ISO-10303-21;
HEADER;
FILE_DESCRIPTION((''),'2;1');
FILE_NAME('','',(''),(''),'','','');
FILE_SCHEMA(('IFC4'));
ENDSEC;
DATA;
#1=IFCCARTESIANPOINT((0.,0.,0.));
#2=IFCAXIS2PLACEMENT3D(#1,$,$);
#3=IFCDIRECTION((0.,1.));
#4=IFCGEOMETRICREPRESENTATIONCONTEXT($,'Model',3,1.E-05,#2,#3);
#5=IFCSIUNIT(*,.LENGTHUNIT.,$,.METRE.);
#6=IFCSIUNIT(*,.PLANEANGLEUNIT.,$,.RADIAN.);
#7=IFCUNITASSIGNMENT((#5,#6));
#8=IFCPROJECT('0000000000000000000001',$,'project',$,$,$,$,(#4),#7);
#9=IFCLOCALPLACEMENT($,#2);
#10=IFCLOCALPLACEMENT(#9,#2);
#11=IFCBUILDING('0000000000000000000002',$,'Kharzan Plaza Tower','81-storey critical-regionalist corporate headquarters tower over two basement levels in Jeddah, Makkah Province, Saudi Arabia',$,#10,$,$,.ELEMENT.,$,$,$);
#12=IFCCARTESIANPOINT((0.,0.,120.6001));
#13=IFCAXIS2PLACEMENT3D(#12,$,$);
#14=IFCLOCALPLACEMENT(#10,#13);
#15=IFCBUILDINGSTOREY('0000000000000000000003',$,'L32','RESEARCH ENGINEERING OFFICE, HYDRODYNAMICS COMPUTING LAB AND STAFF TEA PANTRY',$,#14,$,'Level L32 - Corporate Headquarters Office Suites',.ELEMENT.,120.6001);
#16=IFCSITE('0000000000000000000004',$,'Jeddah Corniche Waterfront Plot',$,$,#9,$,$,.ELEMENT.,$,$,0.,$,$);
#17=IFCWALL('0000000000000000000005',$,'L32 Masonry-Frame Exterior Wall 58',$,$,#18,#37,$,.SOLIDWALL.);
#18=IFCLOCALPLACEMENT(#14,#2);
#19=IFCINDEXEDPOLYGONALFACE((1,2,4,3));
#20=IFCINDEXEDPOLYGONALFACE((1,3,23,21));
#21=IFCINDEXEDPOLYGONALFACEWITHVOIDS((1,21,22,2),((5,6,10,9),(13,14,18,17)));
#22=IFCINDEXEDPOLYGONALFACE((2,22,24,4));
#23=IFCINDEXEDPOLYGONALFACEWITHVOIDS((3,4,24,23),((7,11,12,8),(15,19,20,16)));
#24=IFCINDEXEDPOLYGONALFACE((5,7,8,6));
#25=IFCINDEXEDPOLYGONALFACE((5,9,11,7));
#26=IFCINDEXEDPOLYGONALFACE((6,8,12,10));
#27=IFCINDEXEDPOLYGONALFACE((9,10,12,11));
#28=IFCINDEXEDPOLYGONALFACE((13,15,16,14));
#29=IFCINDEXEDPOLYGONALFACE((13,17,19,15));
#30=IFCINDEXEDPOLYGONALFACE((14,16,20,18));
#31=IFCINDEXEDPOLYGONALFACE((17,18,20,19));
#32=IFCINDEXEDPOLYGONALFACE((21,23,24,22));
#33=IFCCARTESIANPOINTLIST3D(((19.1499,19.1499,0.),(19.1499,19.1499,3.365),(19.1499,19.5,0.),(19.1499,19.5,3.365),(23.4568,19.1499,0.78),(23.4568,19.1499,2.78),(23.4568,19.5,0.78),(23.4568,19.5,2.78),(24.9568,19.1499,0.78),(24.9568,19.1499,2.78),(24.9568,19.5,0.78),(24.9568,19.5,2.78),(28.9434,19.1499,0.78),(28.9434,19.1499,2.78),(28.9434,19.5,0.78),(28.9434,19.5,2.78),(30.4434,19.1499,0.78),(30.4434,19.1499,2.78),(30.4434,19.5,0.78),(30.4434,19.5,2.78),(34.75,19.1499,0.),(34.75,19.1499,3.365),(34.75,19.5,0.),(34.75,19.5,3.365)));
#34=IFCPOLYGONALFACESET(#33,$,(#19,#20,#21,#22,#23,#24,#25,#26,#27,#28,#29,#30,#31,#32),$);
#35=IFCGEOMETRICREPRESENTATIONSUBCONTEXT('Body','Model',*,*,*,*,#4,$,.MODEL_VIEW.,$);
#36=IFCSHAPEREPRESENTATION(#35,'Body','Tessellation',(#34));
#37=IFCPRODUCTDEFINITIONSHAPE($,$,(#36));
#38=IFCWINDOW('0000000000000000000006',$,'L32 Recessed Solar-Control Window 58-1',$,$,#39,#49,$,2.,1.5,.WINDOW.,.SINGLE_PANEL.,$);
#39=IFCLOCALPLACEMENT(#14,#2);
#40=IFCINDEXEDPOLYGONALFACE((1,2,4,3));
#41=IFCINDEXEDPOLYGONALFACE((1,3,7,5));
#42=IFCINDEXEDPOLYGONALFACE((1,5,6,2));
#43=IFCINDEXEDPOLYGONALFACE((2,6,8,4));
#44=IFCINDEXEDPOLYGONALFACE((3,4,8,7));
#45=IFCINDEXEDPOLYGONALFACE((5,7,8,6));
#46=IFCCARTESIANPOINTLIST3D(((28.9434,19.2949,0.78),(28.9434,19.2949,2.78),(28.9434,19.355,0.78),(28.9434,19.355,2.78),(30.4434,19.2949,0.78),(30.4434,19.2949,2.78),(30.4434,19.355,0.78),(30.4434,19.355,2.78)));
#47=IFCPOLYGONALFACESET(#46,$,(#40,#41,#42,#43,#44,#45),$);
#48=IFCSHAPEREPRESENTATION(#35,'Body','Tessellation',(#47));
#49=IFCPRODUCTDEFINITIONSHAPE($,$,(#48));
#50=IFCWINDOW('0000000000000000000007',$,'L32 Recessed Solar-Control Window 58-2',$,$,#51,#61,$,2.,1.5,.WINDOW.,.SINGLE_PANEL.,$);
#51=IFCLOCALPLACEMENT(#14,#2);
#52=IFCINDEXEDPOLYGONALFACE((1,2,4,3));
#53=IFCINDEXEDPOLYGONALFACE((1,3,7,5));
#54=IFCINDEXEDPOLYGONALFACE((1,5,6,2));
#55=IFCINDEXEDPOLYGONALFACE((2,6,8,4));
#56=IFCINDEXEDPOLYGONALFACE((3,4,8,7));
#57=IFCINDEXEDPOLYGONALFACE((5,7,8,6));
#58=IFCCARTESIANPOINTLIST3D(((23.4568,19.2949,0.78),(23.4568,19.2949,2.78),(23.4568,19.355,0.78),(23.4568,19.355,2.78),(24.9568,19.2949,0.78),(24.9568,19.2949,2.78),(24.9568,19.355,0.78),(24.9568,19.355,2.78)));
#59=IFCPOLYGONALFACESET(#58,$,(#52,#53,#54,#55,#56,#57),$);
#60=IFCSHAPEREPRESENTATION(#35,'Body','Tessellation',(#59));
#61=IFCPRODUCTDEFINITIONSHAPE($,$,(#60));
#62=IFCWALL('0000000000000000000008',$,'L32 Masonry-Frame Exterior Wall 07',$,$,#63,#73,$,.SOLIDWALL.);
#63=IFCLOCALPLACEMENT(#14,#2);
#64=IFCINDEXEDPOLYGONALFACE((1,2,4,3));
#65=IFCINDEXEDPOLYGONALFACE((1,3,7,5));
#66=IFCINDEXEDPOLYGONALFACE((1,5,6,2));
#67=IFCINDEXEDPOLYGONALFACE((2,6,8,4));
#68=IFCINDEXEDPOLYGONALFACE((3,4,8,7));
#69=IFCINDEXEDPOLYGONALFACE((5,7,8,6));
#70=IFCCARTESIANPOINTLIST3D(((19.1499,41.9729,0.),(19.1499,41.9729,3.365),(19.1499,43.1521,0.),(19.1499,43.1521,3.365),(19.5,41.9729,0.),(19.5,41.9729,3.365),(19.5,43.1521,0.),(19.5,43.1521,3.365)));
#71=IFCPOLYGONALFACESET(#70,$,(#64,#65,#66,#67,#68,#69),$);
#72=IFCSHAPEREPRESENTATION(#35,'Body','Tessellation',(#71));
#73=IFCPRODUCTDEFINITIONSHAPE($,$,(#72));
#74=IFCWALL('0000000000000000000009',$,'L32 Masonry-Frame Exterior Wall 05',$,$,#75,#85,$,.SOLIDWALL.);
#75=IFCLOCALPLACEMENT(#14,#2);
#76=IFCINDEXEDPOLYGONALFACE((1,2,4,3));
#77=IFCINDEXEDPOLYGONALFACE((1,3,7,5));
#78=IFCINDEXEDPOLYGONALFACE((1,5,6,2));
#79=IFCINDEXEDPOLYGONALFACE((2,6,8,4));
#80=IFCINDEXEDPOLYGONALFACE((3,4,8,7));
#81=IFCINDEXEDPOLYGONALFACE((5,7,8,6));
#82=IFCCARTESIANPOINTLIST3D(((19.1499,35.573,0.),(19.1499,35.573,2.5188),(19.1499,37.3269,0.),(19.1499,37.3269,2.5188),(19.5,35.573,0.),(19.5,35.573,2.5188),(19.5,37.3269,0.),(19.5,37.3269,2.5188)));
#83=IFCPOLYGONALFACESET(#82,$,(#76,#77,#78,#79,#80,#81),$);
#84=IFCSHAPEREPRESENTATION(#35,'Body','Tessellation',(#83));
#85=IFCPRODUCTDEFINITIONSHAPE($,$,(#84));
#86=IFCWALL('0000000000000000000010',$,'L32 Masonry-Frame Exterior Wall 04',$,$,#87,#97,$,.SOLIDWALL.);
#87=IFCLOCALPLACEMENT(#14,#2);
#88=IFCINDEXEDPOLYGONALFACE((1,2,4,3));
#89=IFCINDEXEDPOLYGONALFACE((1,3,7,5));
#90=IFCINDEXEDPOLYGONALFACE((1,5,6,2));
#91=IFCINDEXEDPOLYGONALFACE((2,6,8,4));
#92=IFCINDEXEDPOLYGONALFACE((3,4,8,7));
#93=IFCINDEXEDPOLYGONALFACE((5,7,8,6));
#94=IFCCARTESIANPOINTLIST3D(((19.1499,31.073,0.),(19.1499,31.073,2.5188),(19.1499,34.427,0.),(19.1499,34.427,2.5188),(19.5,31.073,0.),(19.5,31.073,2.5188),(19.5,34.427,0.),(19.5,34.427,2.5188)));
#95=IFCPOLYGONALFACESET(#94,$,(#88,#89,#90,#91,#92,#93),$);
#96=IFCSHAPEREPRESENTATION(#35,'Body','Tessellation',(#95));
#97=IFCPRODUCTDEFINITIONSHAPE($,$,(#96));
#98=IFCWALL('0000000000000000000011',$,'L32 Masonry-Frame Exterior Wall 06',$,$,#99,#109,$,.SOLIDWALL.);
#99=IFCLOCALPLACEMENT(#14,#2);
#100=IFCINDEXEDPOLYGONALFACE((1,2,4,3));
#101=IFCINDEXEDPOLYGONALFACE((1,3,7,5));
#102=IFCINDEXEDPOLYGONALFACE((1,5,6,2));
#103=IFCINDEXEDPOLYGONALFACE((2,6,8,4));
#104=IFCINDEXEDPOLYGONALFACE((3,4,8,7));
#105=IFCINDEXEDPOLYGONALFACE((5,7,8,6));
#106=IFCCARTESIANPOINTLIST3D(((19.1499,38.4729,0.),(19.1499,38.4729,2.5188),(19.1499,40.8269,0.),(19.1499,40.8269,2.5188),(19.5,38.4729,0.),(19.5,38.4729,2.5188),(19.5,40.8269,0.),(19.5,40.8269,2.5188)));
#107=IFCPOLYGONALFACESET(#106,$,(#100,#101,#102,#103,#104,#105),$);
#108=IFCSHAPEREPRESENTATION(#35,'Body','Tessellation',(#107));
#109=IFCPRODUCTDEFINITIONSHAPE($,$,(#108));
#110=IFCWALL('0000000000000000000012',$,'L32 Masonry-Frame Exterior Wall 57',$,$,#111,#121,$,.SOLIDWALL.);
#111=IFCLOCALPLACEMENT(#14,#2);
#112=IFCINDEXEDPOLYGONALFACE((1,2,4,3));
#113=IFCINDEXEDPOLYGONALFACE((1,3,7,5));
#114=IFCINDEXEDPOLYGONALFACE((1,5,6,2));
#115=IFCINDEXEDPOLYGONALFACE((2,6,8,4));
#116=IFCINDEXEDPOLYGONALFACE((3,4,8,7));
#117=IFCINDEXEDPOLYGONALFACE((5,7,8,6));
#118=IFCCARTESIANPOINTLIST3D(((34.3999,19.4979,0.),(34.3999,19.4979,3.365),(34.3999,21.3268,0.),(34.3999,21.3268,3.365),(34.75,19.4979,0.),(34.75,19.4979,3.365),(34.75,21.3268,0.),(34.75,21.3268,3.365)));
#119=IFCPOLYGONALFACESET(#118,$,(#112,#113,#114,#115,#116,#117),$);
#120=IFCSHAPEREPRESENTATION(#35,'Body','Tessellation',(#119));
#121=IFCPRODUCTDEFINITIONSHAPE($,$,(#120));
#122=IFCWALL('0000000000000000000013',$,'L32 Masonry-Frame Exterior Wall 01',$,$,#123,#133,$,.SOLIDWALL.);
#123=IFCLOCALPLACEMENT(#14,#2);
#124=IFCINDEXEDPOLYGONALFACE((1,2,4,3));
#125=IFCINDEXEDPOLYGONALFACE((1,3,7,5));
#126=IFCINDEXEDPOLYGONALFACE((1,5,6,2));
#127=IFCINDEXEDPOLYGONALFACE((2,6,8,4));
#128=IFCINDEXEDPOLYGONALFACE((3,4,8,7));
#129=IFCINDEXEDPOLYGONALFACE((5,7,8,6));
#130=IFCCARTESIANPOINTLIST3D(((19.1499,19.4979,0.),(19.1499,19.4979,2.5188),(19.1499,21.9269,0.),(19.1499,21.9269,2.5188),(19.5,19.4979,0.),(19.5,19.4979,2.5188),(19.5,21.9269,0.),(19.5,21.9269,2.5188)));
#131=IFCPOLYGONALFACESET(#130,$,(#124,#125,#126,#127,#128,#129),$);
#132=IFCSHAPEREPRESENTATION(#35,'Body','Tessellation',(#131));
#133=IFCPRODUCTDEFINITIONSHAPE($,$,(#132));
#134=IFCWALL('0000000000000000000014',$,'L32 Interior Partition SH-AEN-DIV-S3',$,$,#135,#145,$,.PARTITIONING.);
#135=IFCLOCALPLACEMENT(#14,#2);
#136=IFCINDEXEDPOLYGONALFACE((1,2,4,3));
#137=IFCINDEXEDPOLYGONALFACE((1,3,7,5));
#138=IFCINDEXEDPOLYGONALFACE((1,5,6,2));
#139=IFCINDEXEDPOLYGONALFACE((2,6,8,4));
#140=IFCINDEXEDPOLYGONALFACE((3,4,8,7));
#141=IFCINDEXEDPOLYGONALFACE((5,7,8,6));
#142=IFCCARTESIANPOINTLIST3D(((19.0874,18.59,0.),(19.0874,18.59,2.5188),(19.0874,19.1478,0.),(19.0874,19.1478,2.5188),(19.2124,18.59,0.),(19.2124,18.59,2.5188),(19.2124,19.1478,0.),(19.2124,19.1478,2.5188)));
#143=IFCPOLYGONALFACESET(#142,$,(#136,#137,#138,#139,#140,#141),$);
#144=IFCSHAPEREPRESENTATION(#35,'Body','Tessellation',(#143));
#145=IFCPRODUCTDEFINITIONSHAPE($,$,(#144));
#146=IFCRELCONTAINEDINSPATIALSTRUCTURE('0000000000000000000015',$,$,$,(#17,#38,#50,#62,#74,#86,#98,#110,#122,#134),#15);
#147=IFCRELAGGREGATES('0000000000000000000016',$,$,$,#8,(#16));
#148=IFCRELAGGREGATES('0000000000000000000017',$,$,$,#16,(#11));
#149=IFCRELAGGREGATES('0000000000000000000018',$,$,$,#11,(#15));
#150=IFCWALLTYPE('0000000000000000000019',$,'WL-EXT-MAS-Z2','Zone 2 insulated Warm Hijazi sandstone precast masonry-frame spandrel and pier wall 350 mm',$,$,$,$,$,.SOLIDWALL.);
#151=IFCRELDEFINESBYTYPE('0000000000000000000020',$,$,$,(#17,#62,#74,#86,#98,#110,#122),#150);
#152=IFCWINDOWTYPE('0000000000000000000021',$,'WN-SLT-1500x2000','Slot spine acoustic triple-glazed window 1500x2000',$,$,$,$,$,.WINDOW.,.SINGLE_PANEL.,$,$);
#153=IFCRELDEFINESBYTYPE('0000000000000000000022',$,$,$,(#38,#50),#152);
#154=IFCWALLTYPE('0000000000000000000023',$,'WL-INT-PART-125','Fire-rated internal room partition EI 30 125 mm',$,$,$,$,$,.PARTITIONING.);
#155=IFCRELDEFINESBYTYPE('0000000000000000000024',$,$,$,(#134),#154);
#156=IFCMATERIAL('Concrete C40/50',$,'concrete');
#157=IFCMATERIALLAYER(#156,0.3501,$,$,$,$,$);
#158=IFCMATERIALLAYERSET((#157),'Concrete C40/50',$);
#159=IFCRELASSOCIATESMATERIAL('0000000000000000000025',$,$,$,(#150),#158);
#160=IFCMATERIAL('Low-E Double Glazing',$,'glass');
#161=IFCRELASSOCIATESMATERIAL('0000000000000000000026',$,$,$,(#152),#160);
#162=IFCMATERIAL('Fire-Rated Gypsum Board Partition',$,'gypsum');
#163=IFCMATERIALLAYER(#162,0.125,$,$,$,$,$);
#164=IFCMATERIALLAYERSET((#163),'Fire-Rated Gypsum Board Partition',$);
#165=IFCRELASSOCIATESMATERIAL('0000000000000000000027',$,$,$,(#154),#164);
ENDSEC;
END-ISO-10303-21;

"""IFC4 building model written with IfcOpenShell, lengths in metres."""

from ifc_helpers import new_model, si_unit, direction, frame, frame_2d, origin, place, context, subcontext, project, spatial, rectangle, extrude, source, transform, mapped, material, layer, layer_set, type_object, element, fill, save


model = new_model("IFC4")

# Units and contexts
model_context = context("Model", 3, precision=1e-05, world=origin(), true_north=direction((0.0, 1.0)))
body_context = subcontext(model_context, "Body", "Model", "MODEL_VIEW")
ifc_project = project(units=[si_unit("LENGTHUNIT", "METRE"), si_unit("PLANEANGLEUNIT", "RADIAN")], contexts=[model_context])

# Site, building, storey
site_placement = place(None, origin())
site = spatial("IfcSite", under=ifc_project, at=site_placement, Name="Jeddah Corniche Waterfront Plot", CompositionType="ELEMENT", RefElevation=0.0)
building_placement = place(site_placement, origin())
building = spatial("IfcBuilding", under=site, at=building_placement, Name="Kharzan Plaza Tower", Description="81-storey critical-regionalist corporate headquarters tower over two basement levels in Jeddah, Makkah Province, Saudi Arabia", CompositionType="ELEMENT")
storey_placement = place(building_placement, frame((0.0, 0.0, 120.6001)))
storey = spatial("IfcBuildingStorey", under=building, at=storey_placement, Name="L32", Description="RESEARCH ENGINEERING OFFICE, HYDRODYNAMICS COMPUTING LAB AND STAFF TEA PANTRY", LongName="Level L32 - Corporate Headquarters Office Suites", CompositionType="ELEMENT", Elevation=120.6001)

# Shared definitions
ifc_material_1 = material(Name="Concrete C40/50", Category="concrete")
ifc_layer_1 = layer(ifc_material_1, 0.3501)
ifc_layer_set_1 = layer_set([ifc_layer_1], Name="Concrete C40/50")
wall_type_1 = type_object("IfcWallType", Name="WL-EXT-MAS-Z2", Description="Zone 2 insulated Warm Hijazi sandstone precast masonry-frame spandrel and pier wall 350 mm", PredefinedType="SOLIDWALL", material=ifc_layer_set_1)
ifc_material_2 = material(Name="Low-E Double Glazing", Category="glass")
window_type_1 = type_object("IfcWindowType", Name="WN-SLT-1500x2000", Description="Slot spine acoustic triple-glazed window 1500x2000", PartitioningType="SINGLE_PANEL", PredefinedType="WINDOW", material=ifc_material_2)

# Wall, openings, windows
wall_1_placement = place(storey_placement, frame((34.75, 19.325, 0.0), z_axis=(0.0, 0.0, 1.0), x_axis=(-1.0, 0.0, 0.0)))
wall_1 = element("IfcWall", 1, at=wall_1_placement, inside=storey, type_object=wall_type_1, Name="L32 Masonry-Frame Exterior Wall 58", PredefinedType="SOLIDWALL", context=body_context, shape_type="SweptSolid", body=[
    extrude(rectangle(XDim=15.6001, YDim=0.3501, at=frame_2d((7.8, 0.0))), origin(), (0.0, 0.0, 1.0), 3.365),
])
opening_1_placement = place(wall_1_placement, frame((4.3066, 0.0, 0.78)))
opening_1 = element("IfcOpeningElement", 2, at=opening_1_placement, cuts=wall_1, PredefinedType="OPENING", context=body_context, shape_type="SweptSolid", body=[
    extrude(rectangle(XDim=1.5, YDim=2.0, at=frame_2d((0.75, 1.0))), frame((0.0, 0.1851, 0.0), z_axis=(0.0, -1.0, 0.0), x_axis=(1.0, 0.0, 0.0)), (0.0, 0.0, 1.0), 0.3701),
])
opening_2_placement = place(wall_1_placement, frame((9.7932, 0.0, 0.78)))
opening_2 = element("IfcOpeningElement", 3, at=opening_2_placement, cuts=wall_1, PredefinedType="OPENING", context=body_context, shape_type="SweptSolid", body=[
    extrude(rectangle(XDim=1.5, YDim=2.0, at=frame_2d((0.75, 1.0))), frame((0.0, 0.1851, 0.0), z_axis=(0.0, -1.0, 0.0), x_axis=(1.0, 0.0, 0.0)), (0.0, 0.0, 1.0), 0.3701),
])
shared_shape_1 = source(origin(), body_context, "Body", "SweptSolid", [
    extrude(rectangle(XDim=1.5, YDim=2.0, at=frame_2d((0.75, 1.0))), frame((0.0, 0.03, 0.0), z_axis=(0.0, -1.0, 0.0), x_axis=(1.0, 0.0, 0.0)), (0.0, 0.0, 1.0), 0.0601),
])
window_1_placement = place(opening_1_placement, origin())
window_1 = element("IfcWindow", 4, at=window_1_placement, inside=storey, type_object=window_type_1, Name="L32 Recessed Solar-Control Window 58-1", OverallHeight=2.0, OverallWidth=1.5, PartitioningType="SINGLE_PANEL", PredefinedType="WINDOW", context=body_context, shape_type="MappedRepresentation", body=[
    mapped(shared_shape_1, transform((0.0, 0.0, 0.0), x_axis=(1.0, 0.0, 0.0), y_axis=(0.0, 1.0, 0.0), z_axis=(0.0, 0.0, 1.0))),
])
fill(opening_1, window_1)
window_2_placement = place(opening_2_placement, origin())
window_2 = element("IfcWindow", 5, at=window_2_placement, inside=storey, type_object=window_type_1, Name="L32 Recessed Solar-Control Window 58-2", OverallHeight=2.0, OverallWidth=1.5, PartitioningType="SINGLE_PANEL", PredefinedType="WINDOW", context=body_context, shape_type="MappedRepresentation", body=[
    mapped(shared_shape_1, transform((0.0, 0.0, 0.0), x_axis=(1.0, 0.0, 0.0), y_axis=(0.0, 1.0, 0.0), z_axis=(0.0, 0.0, 1.0))),
])
fill(opening_2, window_2)

# Walls
shared_shape_2 = source(origin(), body_context, "Body", "SweptSolid", [
    extrude(rectangle(XDim=1.1792, YDim=0.3501, at=frame_2d((0.5896, 0.0))), origin(), (0.0, 0.0, 1.0), 3.365),
])
wall_2_placement = place(storey_placement, frame((19.325, 41.9729, 0.0), z_axis=(0.0, 0.0, 1.0), x_axis=(0.0, 1.0, 0.0)))
element("IfcWall", 6, at=wall_2_placement, inside=storey, type_object=wall_type_1, Name="L32 Masonry-Frame Exterior Wall 07", PredefinedType="SOLIDWALL", context=body_context, shape_type="MappedRepresentation", body=[
    mapped(shared_shape_2, transform((0.0, 0.0, 0.0), x_axis=(1.0, 0.0, 0.0), y_axis=(0.0, 1.0, 0.0), z_axis=(0.0, 0.0, 1.0))),
])
shared_shape_3 = source(origin(), body_context, "Body", "SweptSolid", [
    extrude(rectangle(XDim=1.7539, YDim=0.3501, at=frame_2d((0.877, 0.0))), origin(), (0.0, 0.0, 1.0), 2.5188),
])
wall_3_placement = place(storey_placement, frame((19.325, 35.573, 0.0), z_axis=(0.0, 0.0, 1.0), x_axis=(0.0, 1.0, 0.0)))
element("IfcWall", 7, at=wall_3_placement, inside=storey, type_object=wall_type_1, Name="L32 Masonry-Frame Exterior Wall 05", PredefinedType="SOLIDWALL", context=body_context, shape_type="MappedRepresentation", body=[
    mapped(shared_shape_3, transform((0.0, 0.0, 0.0), x_axis=(1.0, 0.0, 0.0), y_axis=(0.0, 1.0, 0.0), z_axis=(0.0, 0.0, 1.0))),
])
shared_shape_4 = source(origin(), body_context, "Body", "SweptSolid", [
    extrude(rectangle(XDim=3.354, YDim=0.3501, at=frame_2d((1.677, 0.0))), origin(), (0.0, 0.0, 1.0), 2.5188),
])
wall_4_placement = place(storey_placement, frame((19.325, 31.073, 0.0), z_axis=(0.0, 0.0, 1.0), x_axis=(0.0, 1.0, 0.0)))
element("IfcWall", 8, at=wall_4_placement, inside=storey, type_object=wall_type_1, Name="L32 Masonry-Frame Exterior Wall 04", PredefinedType="SOLIDWALL", context=body_context, shape_type="MappedRepresentation", body=[
    mapped(shared_shape_4, transform((0.0, 0.0, 0.0), x_axis=(1.0, 0.0, 0.0), y_axis=(0.0, 1.0, 0.0), z_axis=(0.0, 0.0, 1.0))),
])
shared_shape_5 = source(origin(), body_context, "Body", "SweptSolid", [
    extrude(rectangle(XDim=2.354, YDim=0.3501, at=frame_2d((1.177, 0.0))), origin(), (0.0, 0.0, 1.0), 2.5188),
])
wall_5_placement = place(storey_placement, frame((19.325, 38.4729, 0.0), z_axis=(0.0, 0.0, 1.0), x_axis=(0.0, 1.0, 0.0)))
element("IfcWall", 9, at=wall_5_placement, inside=storey, type_object=wall_type_1, Name="L32 Masonry-Frame Exterior Wall 06", PredefinedType="SOLIDWALL", context=body_context, shape_type="MappedRepresentation", body=[
    mapped(shared_shape_5, transform((0.0, 0.0, 0.0), x_axis=(1.0, 0.0, 0.0), y_axis=(0.0, 1.0, 0.0), z_axis=(0.0, 0.0, 1.0))),
])
shared_shape_6 = source(origin(), body_context, "Body", "SweptSolid", [
    extrude(rectangle(XDim=1.8289, YDim=0.3501, at=frame_2d((0.9146, 0.0))), origin(), (0.0, 0.0, 1.0), 3.365),
])
wall_6_placement = place(storey_placement, frame((34.575, 21.3269, 0.0), z_axis=(0.0, 0.0, 1.0), x_axis=(0.0, -1.0, 0.0)))
element("IfcWall", 10, at=wall_6_placement, inside=storey, type_object=wall_type_1, Name="L32 Masonry-Frame Exterior Wall 57", PredefinedType="SOLIDWALL", context=body_context, shape_type="MappedRepresentation", body=[
    mapped(shared_shape_6, transform((0.0, 0.0, 0.0), x_axis=(1.0, 0.0, 0.0), y_axis=(0.0, 1.0, 0.0), z_axis=(0.0, 0.0, 1.0))),
])
shared_shape_7 = source(origin(), body_context, "Body", "SweptSolid", [
    extrude(rectangle(XDim=2.429, YDim=0.3501, at=frame_2d((1.2144, 0.0))), origin(), (0.0, 0.0, 1.0), 2.5188),
])
wall_7_placement = place(storey_placement, frame((19.325, 19.498, 0.0), z_axis=(0.0, 0.0, 1.0), x_axis=(0.0, 1.0, 0.0)))
element("IfcWall", 11, at=wall_7_placement, inside=storey, type_object=wall_type_1, Name="L32 Masonry-Frame Exterior Wall 01", PredefinedType="SOLIDWALL", context=body_context, shape_type="MappedRepresentation", body=[
    mapped(shared_shape_7, transform((0.0, 0.0, 0.0), x_axis=(1.0, 0.0, 0.0), y_axis=(0.0, 1.0, 0.0), z_axis=(0.0, 0.0, 1.0))),
])
ifc_material_3 = material(Name="Fire-Rated Gypsum Board Partition", Category="gypsum")
ifc_layer_2 = layer(ifc_material_3, 0.125)
ifc_layer_set_2 = layer_set([ifc_layer_2], Name="Fire-Rated Gypsum Board Partition")
wall_type_2 = type_object("IfcWallType", Name="WL-INT-PART-125", Description="Fire-rated internal room partition EI 30 125 mm", PredefinedType="PARTITIONING", material=ifc_layer_set_2)
shared_shape_8 = source(origin(), body_context, "Body", "SweptSolid", [
    extrude(rectangle(XDim=0.5579, YDim=0.125, at=frame_2d((0.2788, 0.0))), origin(), (0.0, 0.0, 1.0), 2.5188),
])
wall_8_placement = place(storey_placement, frame((19.1499, 18.5901, 0.0), z_axis=(0.0, 0.0, 1.0), x_axis=(0.0, 1.0, 0.0)))
element("IfcWall", 12, at=wall_8_placement, inside=storey, type_object=wall_type_2, Name="L32 Interior Partition SH-AEN-DIV-S3", PredefinedType="PARTITIONING", context=body_context, shape_type="MappedRepresentation", body=[
    mapped(shared_shape_8, transform((0.0, 0.0, 0.0), x_axis=(1.0, 0.0, 0.0), y_axis=(0.0, 1.0, 0.0), z_axis=(0.0, 0.0, 1.0))),
])

save(model, "model.ifc")
